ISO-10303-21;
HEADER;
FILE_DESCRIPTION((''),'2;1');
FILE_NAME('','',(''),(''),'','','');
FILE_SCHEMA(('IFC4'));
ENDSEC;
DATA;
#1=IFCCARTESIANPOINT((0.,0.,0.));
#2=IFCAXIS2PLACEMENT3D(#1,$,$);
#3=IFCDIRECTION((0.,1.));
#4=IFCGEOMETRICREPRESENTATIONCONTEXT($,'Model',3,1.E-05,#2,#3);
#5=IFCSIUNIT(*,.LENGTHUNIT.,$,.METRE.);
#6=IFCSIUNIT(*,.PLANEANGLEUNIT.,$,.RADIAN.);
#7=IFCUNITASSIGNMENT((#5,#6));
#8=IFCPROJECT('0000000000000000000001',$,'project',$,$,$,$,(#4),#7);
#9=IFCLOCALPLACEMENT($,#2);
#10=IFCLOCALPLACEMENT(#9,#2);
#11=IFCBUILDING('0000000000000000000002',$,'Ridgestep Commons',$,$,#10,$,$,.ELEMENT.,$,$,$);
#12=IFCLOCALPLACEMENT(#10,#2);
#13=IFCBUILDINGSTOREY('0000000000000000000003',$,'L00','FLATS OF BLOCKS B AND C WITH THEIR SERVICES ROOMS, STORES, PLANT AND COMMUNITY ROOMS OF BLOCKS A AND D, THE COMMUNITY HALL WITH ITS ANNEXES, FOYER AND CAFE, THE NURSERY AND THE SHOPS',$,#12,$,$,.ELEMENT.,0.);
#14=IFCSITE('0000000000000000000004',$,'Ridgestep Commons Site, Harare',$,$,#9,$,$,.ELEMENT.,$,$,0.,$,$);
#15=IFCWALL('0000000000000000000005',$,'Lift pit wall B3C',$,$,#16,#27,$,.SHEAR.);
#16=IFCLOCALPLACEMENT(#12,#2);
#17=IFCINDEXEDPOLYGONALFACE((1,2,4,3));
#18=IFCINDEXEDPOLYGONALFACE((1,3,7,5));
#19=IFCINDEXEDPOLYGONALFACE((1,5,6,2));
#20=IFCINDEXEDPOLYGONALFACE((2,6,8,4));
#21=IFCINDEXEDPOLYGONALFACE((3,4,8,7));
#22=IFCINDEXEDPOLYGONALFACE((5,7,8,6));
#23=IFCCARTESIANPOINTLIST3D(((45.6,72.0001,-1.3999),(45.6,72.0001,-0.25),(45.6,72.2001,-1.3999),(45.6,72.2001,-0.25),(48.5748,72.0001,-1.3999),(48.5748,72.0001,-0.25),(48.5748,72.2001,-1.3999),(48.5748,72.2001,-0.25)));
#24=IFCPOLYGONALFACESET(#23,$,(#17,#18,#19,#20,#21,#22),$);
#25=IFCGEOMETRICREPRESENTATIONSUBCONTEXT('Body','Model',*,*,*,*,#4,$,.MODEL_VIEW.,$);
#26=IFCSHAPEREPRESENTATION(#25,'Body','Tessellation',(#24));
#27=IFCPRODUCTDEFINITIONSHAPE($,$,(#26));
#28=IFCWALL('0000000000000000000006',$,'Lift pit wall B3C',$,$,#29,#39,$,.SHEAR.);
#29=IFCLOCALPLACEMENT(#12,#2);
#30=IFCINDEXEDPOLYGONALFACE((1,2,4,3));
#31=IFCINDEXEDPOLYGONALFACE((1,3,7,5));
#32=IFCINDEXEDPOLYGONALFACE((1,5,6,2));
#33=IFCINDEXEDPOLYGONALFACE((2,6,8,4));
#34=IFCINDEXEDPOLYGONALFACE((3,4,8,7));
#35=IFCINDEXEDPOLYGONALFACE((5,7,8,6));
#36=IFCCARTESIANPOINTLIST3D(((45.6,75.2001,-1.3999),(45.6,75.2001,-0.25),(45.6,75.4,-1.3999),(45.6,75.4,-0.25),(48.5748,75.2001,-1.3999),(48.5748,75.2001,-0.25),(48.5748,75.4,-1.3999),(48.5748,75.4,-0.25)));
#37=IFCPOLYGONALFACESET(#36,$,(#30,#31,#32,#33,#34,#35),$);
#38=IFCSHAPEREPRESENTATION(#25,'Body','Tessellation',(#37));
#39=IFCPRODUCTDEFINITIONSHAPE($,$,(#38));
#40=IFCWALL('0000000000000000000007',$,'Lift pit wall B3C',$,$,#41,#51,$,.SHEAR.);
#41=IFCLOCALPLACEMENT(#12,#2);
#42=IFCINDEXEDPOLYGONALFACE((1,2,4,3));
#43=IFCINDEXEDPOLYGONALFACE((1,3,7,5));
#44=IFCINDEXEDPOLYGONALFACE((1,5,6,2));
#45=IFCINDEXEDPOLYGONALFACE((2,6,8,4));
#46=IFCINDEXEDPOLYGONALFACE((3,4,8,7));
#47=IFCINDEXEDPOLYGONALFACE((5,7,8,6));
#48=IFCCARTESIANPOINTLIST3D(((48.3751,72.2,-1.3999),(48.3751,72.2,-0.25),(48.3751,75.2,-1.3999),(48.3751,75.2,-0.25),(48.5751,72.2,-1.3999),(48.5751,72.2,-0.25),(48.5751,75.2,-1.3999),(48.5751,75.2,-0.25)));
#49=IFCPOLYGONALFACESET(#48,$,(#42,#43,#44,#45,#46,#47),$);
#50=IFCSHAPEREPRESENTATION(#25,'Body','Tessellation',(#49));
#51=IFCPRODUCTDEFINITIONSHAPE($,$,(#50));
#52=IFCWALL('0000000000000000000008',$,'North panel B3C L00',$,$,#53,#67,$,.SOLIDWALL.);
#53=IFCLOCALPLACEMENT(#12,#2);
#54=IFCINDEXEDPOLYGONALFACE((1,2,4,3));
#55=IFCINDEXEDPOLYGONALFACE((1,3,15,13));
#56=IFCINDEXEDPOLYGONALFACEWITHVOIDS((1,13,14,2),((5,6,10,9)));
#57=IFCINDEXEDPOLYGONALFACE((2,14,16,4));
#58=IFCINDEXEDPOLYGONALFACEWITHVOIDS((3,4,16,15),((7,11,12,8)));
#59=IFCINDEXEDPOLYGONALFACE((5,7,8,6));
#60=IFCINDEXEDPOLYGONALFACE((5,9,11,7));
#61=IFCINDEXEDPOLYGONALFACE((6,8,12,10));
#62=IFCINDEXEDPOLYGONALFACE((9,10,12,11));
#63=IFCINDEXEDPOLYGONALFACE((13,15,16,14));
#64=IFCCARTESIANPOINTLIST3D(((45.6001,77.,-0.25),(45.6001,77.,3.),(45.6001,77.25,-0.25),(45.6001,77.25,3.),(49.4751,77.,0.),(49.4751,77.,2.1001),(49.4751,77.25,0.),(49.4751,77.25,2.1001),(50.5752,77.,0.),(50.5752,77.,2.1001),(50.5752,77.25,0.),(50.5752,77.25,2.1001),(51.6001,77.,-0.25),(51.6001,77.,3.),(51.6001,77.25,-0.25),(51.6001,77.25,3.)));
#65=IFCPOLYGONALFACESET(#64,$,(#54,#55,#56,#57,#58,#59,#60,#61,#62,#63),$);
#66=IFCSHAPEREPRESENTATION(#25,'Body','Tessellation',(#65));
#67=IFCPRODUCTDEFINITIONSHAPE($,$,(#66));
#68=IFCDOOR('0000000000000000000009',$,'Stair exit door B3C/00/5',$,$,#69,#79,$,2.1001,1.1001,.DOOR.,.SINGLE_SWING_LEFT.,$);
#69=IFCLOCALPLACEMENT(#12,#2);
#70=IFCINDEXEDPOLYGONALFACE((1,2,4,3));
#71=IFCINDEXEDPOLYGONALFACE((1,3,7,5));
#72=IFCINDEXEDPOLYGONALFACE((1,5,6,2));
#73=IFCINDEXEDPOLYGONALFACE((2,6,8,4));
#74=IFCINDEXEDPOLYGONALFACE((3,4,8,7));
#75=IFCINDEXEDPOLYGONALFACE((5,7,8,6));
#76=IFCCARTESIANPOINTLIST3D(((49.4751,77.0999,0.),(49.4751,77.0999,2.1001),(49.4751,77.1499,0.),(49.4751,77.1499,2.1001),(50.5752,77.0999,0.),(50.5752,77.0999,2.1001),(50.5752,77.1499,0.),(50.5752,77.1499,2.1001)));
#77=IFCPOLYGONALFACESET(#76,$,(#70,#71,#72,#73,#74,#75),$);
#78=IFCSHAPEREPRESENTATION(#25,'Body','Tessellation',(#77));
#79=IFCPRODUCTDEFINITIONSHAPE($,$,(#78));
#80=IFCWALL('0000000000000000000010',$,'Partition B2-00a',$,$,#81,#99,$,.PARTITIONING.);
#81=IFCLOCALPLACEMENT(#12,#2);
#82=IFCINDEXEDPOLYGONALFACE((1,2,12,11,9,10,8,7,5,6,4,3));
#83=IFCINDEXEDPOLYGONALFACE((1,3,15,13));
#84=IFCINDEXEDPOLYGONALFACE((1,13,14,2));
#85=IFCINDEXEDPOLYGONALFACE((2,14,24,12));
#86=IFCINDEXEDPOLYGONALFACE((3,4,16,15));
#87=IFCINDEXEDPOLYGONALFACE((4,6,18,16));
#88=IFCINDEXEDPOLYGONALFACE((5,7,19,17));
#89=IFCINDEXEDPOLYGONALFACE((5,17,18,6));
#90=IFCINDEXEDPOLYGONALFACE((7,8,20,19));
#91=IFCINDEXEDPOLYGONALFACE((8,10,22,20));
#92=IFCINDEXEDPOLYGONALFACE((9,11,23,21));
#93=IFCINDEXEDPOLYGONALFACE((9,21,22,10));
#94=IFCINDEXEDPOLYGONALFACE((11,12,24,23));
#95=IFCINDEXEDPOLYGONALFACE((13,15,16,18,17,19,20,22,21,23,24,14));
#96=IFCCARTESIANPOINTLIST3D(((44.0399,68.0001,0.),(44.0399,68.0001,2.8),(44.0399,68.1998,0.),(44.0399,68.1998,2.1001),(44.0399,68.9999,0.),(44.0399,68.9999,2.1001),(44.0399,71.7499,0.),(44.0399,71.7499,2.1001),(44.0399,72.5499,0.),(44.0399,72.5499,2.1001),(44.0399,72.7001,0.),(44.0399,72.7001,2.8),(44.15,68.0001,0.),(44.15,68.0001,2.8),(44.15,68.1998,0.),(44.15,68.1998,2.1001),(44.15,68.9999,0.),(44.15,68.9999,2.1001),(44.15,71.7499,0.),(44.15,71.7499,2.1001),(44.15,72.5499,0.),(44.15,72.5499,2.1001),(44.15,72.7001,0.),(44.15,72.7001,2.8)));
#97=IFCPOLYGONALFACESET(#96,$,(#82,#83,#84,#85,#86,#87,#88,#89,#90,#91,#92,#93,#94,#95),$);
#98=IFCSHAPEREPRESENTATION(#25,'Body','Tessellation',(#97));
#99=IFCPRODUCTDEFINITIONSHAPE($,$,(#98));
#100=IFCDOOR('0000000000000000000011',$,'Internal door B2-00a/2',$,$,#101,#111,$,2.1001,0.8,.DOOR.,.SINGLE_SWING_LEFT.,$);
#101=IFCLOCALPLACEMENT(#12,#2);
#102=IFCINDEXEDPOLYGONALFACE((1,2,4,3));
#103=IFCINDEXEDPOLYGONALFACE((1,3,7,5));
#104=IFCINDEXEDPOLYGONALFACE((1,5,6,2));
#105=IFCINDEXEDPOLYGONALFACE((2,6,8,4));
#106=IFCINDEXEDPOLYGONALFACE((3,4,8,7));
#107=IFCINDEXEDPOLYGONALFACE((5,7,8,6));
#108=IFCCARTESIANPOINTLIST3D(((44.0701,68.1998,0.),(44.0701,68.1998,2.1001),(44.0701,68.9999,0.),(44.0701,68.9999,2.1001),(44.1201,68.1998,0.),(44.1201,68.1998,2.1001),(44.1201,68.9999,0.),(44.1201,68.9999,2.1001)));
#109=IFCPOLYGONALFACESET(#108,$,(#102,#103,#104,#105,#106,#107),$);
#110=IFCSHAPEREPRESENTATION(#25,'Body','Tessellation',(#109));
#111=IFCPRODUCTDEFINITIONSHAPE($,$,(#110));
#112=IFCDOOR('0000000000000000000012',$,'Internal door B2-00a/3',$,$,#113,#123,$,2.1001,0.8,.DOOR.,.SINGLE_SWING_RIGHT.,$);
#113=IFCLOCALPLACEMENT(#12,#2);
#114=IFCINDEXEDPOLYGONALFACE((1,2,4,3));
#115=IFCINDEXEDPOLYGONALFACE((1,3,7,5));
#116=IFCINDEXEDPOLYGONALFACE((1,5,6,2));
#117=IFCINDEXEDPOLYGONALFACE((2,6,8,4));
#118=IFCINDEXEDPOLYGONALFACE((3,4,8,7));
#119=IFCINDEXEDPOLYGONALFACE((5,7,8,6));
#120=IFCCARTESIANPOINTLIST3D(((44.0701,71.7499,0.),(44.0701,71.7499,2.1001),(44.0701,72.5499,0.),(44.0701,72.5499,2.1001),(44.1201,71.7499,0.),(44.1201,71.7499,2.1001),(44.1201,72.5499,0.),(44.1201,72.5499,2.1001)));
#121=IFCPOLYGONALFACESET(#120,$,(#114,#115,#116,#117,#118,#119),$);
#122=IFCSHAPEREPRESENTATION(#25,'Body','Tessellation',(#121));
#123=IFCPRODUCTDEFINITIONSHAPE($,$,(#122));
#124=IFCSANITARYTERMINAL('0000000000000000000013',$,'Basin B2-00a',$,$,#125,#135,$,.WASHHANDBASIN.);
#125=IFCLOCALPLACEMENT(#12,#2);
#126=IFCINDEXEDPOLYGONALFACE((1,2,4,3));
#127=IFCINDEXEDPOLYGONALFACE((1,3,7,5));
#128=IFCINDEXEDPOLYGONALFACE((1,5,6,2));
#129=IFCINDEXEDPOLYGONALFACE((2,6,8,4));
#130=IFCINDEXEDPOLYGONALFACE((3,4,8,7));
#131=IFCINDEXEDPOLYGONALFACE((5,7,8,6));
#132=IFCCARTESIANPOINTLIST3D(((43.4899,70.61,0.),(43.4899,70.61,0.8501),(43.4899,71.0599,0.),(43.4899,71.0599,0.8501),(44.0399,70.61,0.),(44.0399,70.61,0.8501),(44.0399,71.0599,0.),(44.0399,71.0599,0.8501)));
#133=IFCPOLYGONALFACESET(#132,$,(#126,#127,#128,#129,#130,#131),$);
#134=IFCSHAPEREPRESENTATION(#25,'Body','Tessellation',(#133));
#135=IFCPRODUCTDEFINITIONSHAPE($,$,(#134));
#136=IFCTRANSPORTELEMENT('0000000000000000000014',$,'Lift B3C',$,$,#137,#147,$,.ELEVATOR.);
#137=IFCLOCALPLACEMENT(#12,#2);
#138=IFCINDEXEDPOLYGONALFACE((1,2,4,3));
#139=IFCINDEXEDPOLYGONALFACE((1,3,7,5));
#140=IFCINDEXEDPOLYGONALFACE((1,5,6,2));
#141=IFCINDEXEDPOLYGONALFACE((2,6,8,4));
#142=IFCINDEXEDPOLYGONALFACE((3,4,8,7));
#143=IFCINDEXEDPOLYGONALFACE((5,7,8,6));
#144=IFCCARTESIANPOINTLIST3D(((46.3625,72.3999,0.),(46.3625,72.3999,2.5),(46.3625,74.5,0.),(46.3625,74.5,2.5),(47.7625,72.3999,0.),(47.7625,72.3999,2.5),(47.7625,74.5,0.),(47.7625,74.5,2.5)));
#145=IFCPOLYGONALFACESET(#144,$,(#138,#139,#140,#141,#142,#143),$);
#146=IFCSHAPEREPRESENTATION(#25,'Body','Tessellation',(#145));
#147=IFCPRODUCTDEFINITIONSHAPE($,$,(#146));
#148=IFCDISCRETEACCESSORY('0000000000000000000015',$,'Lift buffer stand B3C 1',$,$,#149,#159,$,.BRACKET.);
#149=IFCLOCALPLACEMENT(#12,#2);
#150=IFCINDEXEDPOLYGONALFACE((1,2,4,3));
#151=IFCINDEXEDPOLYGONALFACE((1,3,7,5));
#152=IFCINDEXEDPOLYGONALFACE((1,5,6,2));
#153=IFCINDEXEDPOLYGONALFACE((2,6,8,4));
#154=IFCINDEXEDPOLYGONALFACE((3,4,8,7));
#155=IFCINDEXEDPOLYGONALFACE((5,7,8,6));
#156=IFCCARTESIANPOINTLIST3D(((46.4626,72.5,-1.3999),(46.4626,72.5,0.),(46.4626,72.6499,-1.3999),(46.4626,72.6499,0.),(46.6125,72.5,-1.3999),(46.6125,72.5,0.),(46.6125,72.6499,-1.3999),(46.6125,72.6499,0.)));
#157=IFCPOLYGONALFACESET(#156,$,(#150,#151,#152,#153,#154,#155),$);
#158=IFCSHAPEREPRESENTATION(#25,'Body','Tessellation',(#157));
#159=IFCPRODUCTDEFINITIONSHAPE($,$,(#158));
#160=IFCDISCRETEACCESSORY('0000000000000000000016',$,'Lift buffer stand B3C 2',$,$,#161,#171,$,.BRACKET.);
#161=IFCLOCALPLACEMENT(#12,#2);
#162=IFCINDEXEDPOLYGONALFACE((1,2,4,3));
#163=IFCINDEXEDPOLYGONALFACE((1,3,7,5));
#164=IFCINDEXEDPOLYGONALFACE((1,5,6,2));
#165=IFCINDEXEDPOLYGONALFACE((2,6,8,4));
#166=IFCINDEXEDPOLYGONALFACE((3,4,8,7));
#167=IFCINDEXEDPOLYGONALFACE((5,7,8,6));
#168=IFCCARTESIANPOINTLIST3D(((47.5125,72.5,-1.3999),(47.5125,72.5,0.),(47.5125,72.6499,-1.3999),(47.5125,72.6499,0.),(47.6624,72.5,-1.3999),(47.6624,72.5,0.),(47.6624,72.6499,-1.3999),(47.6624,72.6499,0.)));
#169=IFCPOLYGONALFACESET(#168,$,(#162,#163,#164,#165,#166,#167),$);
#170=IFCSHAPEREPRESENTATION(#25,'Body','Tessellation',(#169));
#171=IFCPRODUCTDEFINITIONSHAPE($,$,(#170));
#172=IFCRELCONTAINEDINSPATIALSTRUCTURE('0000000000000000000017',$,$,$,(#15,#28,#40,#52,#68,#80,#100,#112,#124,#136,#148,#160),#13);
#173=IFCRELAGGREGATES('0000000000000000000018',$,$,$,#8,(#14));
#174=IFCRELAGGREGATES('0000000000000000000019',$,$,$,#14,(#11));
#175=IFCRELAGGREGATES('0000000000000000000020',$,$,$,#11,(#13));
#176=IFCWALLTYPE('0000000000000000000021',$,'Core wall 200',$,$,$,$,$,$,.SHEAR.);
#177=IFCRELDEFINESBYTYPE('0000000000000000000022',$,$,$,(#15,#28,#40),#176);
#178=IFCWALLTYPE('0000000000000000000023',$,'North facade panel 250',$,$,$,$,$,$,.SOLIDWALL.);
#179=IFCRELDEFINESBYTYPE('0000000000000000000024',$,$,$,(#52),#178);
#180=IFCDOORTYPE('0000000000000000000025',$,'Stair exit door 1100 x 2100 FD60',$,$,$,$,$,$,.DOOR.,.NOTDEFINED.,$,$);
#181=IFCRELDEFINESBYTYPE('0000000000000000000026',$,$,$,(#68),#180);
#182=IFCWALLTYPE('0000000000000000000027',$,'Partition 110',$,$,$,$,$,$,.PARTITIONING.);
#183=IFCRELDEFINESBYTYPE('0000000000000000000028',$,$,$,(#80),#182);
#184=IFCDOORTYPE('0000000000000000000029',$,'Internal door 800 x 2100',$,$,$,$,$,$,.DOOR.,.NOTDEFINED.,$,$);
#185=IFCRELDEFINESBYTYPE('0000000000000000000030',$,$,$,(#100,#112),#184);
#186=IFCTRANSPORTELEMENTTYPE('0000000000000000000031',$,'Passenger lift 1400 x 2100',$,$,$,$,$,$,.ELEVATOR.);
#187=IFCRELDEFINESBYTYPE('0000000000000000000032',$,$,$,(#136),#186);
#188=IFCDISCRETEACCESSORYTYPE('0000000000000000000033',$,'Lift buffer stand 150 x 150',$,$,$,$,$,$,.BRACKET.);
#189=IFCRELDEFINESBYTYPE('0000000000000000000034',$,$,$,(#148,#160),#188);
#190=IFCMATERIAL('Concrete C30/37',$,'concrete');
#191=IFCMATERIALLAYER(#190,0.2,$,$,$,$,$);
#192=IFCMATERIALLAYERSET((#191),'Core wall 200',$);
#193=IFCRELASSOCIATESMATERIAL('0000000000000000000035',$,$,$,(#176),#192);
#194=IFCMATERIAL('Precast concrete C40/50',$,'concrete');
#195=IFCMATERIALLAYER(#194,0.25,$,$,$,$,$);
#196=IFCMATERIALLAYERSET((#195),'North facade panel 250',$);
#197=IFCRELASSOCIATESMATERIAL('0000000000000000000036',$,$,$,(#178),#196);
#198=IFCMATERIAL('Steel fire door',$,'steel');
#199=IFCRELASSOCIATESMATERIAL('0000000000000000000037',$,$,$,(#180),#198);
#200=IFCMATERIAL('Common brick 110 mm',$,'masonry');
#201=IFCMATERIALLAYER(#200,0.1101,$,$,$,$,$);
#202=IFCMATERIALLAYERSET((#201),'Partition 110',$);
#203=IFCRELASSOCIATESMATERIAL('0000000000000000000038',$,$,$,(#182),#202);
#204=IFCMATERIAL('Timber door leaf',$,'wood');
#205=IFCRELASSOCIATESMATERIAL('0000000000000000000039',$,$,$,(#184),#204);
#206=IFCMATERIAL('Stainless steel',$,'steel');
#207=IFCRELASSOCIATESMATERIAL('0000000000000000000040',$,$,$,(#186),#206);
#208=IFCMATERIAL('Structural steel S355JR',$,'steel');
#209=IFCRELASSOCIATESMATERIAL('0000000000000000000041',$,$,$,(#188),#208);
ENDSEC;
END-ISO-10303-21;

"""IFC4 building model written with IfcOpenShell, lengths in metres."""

from ifc_helpers import new_model, si_unit, direction, frame, frame_2d, origin, origin_2d, place, context, subcontext, project, spatial, rectangle, extrude, material, layer, layer_set, type_object, element, fill, save


model = new_model("IFC4")

# Units and contexts
model_context = context("Model", 3, precision=1e-05, world=origin(), true_north=direction((0.0, 1.0)))
body_context = subcontext(model_context, "Body", "Model", "MODEL_VIEW")
ifc_project = project(units=[si_unit("LENGTHUNIT", "METRE"), si_unit("PLANEANGLEUNIT", "RADIAN")], contexts=[model_context])

# Site, building, storey
site_placement = place(None, origin())
site = spatial("IfcSite", under=ifc_project, at=site_placement, Name="Ridgestep Commons Site, Harare", CompositionType="ELEMENT", RefElevation=0.0)
building_placement = place(site_placement, origin())
building = spatial("IfcBuilding", under=site, at=building_placement, Name="Ridgestep Commons", CompositionType="ELEMENT")
storey_placement = place(building_placement, origin())
storey = spatial("IfcBuildingStorey", under=building, at=storey_placement, Name="L00", Description="FLATS OF BLOCKS B AND C WITH THEIR SERVICES ROOMS, STORES, PLANT AND COMMUNITY ROOMS OF BLOCKS A AND D, THE COMMUNITY HALL WITH ITS ANNEXES, FOYER AND CAFE, THE NURSERY AND THE SHOPS", CompositionType="ELEMENT", Elevation=0.0)

# Shared definitions
ifc_material_1 = material(Name="Concrete C30/37", Category="concrete")
ifc_layer_1 = layer(ifc_material_1, 0.2)
ifc_layer_set_1 = layer_set([ifc_layer_1], Name="Core wall 200")
wall_type_1 = type_object("IfcWallType", Name="Core wall 200", PredefinedType="SHEAR", material=ifc_layer_set_1)

# Walls
for number, where, z_axis, x_axis, name in (
    (1, (45.6001, 72.1001, -1.3999), (0.0, 0.0, 1.0), (1.0, 0.0, 0.0), "Lift pit wall B3C"),
    (2, (45.6001, 75.3, -1.3999), (0.0, 0.0, 1.0), (1.0, 0.0, 0.0), "Lift pit wall B3C"),
):
    element("IfcWall", number, at=place(storey_placement, frame(where, z_axis=z_axis, x_axis=x_axis)), inside=storey, type_object=wall_type_1, Name=name, PredefinedType="SHEAR", context=body_context, shape_type="SweptSolid", body=[
        extrude(rectangle(XDim=2.9749, YDim=0.2, at=frame_2d((1.4873, 0.0))), origin(), (0.0, 0.0, 1.0), 1.1499),
    ])
wall_1_placement = place(storey_placement, frame((48.4751, 72.2, -1.3999), z_axis=(0.0, 0.0, 1.0), x_axis=(0.0, 1.0, 0.0)))
element("IfcWall", 3, at=wall_1_placement, inside=storey, type_object=wall_type_1, Name="Lift pit wall B3C", PredefinedType="SHEAR", context=body_context, shape_type="SweptSolid", body=[
    extrude(rectangle(XDim=3.0, YDim=0.2, at=frame_2d((1.5, 0.0))), origin(), (0.0, 0.0, 1.0), 1.1499),
])

# Wall, opening, door
ifc_material_2 = material(Name="Precast concrete C40/50", Category="concrete")
ifc_layer_2 = layer(ifc_material_2, 0.25)
ifc_layer_set_2 = layer_set([ifc_layer_2], Name="North facade panel 250")
wall_type_2 = type_object("IfcWallType", Name="North facade panel 250", PredefinedType="SOLIDWALL", material=ifc_layer_set_2)
wall_2_placement = place(storey_placement, frame((45.6001, 77.125, -0.25), z_axis=(0.0, 0.0, 1.0), x_axis=(1.0, 0.0, 0.0)))
wall_2 = element("IfcWall", 4, at=wall_2_placement, inside=storey, type_object=wall_type_2, Name="North panel B3C L00", PredefinedType="SOLIDWALL", context=body_context, shape_type="SweptSolid", body=[
    extrude(rectangle(XDim=6.0, YDim=0.25, at=frame_2d((3.0, 0.0))), origin(), (0.0, 0.0, 1.0), 3.25),
])
opening_1_placement = place(wall_2_placement, frame((3.875, 0.0, 0.25)))
opening_1 = element("IfcOpeningElement", 5, at=opening_1_placement, cuts=wall_2, PredefinedType="OPENING", context=body_context, shape_type="SweptSolid", body=[
    extrude(rectangle(XDim=1.1001, YDim=2.1001, at=frame_2d((0.55, 1.05))), frame((0.0, 0.135, 0.0), z_axis=(0.0, -1.0, 0.0), x_axis=(1.0, 0.0, 0.0)), (0.0, 0.0, 1.0), 0.27),
])
ifc_material_3 = material(Name="Steel fire door", Category="steel")
door_type_1 = type_object("IfcDoorType", Name="Stair exit door 1100 x 2100 FD60", OperationType="NOTDEFINED", PredefinedType="DOOR", material=ifc_material_3)
door_1_placement = place(opening_1_placement, origin())
door_1 = element("IfcDoor", 6, at=door_1_placement, inside=storey, type_object=door_type_1, Name="Stair exit door B3C/00/5", OperationType="SINGLE_SWING_LEFT", OverallHeight=2.1001, OverallWidth=1.1001, PredefinedType="DOOR", context=body_context, shape_type="SweptSolid", body=[
    extrude(rectangle(XDim=1.1001, YDim=2.1001, at=frame_2d((0.55, 1.05))), frame((0.0, 0.0249, 0.0), z_axis=(0.0, -1.0, 0.0), x_axis=(1.0, 0.0, 0.0)), (0.0, 0.0, 1.0), 0.05),
])
fill(opening_1, door_1)

# Wall, openings, doors
ifc_material_4 = material(Name="Common brick 110 mm", Category="masonry")
ifc_layer_3 = layer(ifc_material_4, 0.1101)
ifc_layer_set_3 = layer_set([ifc_layer_3], Name="Partition 110")
wall_type_3 = type_object("IfcWallType", Name="Partition 110", PredefinedType="PARTITIONING", material=ifc_layer_set_3)
wall_3_placement = place(storey_placement, frame((44.095, 68.0, 0.0), z_axis=(0.0, 0.0, 1.0), x_axis=(0.0, 1.0, 0.0)))
wall_3 = element("IfcWall", 7, at=wall_3_placement, inside=storey, type_object=wall_type_3, Name="Partition B2-00a", PredefinedType="PARTITIONING", context=body_context, shape_type="SweptSolid", body=[
    extrude(rectangle(XDim=4.7, YDim=0.1101, at=frame_2d((2.3501, 0.0))), origin(), (0.0, 0.0, 1.0), 2.8),
])
opening_2_placement = place(wall_3_placement, frame((0.2, 0.0, 0.0)))
opening_2 = element("IfcOpeningElement", 8, at=opening_2_placement, cuts=wall_3, PredefinedType="OPENING", context=body_context, shape_type="SweptSolid", body=[
    extrude(rectangle(XDim=0.8, YDim=2.1001, at=frame_2d((0.3999, 1.05))), frame((0.0, 0.0649, 0.0), z_axis=(0.0, -1.0, 0.0), x_axis=(1.0, 0.0, 0.0)), (0.0, 0.0, 1.0), 0.1301),
])
opening_3_placement = place(wall_3_placement, frame((3.75, 0.0, 0.0)))
opening_3 = element("IfcOpeningElement", 9, at=opening_3_placement, cuts=wall_3, PredefinedType="OPENING", context=body_context, shape_type="SweptSolid", body=[
    extrude(rectangle(XDim=0.8, YDim=2.1001, at=frame_2d((0.3999, 1.05))), frame((0.0, 0.0649, 0.0), z_axis=(0.0, -1.0, 0.0), x_axis=(1.0, 0.0, 0.0)), (0.0, 0.0, 1.0), 0.1301),
])
ifc_material_5 = material(Name="Timber door leaf", Category="wood")
door_type_2 = type_object("IfcDoorType", Name="Internal door 800 x 2100", OperationType="NOTDEFINED", PredefinedType="DOOR", material=ifc_material_5)
door_2_placement = place(opening_2_placement, origin())
door_2 = element("IfcDoor", 10, at=door_2_placement, inside=storey, type_object=door_type_2, Name="Internal door B2-00a/2", OperationType="SINGLE_SWING_LEFT", OverallHeight=2.1001, OverallWidth=0.8, PredefinedType="DOOR", context=body_context, shape_type="SweptSolid", body=[
    extrude(rectangle(XDim=0.8, YDim=2.1001, at=frame_2d((0.3999, 1.05))), frame((0.0, 0.0249, 0.0), z_axis=(0.0, -1.0, 0.0), x_axis=(1.0, 0.0, 0.0)), (0.0, 0.0, 1.0), 0.05),
])
fill(opening_2, door_2)
door_3_placement = place(opening_3_placement, origin())
door_3 = element("IfcDoor", 11, at=door_3_placement, inside=storey, type_object=door_type_2, Name="Internal door B2-00a/3", OperationType="SINGLE_SWING_RIGHT", OverallHeight=2.1001, OverallWidth=0.8, PredefinedType="DOOR", context=body_context, shape_type="SweptSolid", body=[
    extrude(rectangle(XDim=0.8, YDim=2.1001, at=frame_2d((0.3999, 1.05))), frame((0.0, 0.0249, 0.0), z_axis=(0.0, -1.0, 0.0), x_axis=(1.0, 0.0, 0.0)), (0.0, 0.0, 1.0), 0.05),
])
fill(opening_3, door_3)

# Sanitary terminal
sanitary_terminal_placement = place(storey_placement, frame((43.7649, 70.835, 0.0), z_axis=(0.0, 0.0, 1.0), x_axis=(1.0, 0.0, 0.0)))
element("IfcSanitaryTerminal", 12, at=sanitary_terminal_placement, inside=storey, Name="Basin B2-00a", PredefinedType="WASHHANDBASIN", context=body_context, shape_type="SweptSolid", body=[
    extrude(rectangle(XDim=0.55, YDim=0.45, at=origin_2d()), origin(), (0.0, 0.0, 1.0), 0.8501),
])

# Transport element
ifc_material_6 = material(Name="Stainless steel", Category="steel")
transport_element_type = type_object("IfcTransportElementType", Name="Passenger lift 1400 x 2100", PredefinedType="ELEVATOR", material=ifc_material_6)
transport_element_placement = place(storey_placement, frame((47.0625, 73.45, 0.0), z_axis=(0.0, 0.0, 1.0), x_axis=(1.0, 0.0, 0.0)))
element("IfcTransportElement", 13, at=transport_element_placement, inside=storey, type_object=transport_element_type, Name="Lift B3C", PredefinedType="ELEVATOR", context=body_context, shape_type="SweptSolid", body=[
    extrude(rectangle(XDim=1.3999, YDim=2.1001, at=origin_2d()), origin(), (0.0, 0.0, 1.0), 2.5),
])

# Discrete accessories
ifc_material_7 = material(Name="Structural steel S355JR", Category="steel")
discrete_accessory_type = type_object("IfcDiscreteAccessoryType", Name="Lift buffer stand 150 x 150", PredefinedType="BRACKET", material=ifc_material_7)
for number, where, z_axis, x_axis, name in (
    (14, (46.5376, 72.575, -1.3999), (0.0, 0.0, 1.0), (1.0, 0.0, 0.0), "Lift buffer stand B3C 1"),
    (15, (47.5874, 72.575, -1.3999), (0.0, 0.0, 1.0), (1.0, 0.0, 0.0), "Lift buffer stand B3C 2"),
):
    element("IfcDiscreteAccessory", number, at=place(storey_placement, frame(where, z_axis=z_axis, x_axis=x_axis)), inside=storey, type_object=discrete_accessory_type, Name=name, PredefinedType="BRACKET", context=body_context, shape_type="SweptSolid", body=[
        extrude(rectangle(XDim=0.1499, YDim=0.1499, at=origin_2d()), origin(), (0.0, 0.0, 1.0), 1.3999),
    ])

save(model, "model.ifc")
